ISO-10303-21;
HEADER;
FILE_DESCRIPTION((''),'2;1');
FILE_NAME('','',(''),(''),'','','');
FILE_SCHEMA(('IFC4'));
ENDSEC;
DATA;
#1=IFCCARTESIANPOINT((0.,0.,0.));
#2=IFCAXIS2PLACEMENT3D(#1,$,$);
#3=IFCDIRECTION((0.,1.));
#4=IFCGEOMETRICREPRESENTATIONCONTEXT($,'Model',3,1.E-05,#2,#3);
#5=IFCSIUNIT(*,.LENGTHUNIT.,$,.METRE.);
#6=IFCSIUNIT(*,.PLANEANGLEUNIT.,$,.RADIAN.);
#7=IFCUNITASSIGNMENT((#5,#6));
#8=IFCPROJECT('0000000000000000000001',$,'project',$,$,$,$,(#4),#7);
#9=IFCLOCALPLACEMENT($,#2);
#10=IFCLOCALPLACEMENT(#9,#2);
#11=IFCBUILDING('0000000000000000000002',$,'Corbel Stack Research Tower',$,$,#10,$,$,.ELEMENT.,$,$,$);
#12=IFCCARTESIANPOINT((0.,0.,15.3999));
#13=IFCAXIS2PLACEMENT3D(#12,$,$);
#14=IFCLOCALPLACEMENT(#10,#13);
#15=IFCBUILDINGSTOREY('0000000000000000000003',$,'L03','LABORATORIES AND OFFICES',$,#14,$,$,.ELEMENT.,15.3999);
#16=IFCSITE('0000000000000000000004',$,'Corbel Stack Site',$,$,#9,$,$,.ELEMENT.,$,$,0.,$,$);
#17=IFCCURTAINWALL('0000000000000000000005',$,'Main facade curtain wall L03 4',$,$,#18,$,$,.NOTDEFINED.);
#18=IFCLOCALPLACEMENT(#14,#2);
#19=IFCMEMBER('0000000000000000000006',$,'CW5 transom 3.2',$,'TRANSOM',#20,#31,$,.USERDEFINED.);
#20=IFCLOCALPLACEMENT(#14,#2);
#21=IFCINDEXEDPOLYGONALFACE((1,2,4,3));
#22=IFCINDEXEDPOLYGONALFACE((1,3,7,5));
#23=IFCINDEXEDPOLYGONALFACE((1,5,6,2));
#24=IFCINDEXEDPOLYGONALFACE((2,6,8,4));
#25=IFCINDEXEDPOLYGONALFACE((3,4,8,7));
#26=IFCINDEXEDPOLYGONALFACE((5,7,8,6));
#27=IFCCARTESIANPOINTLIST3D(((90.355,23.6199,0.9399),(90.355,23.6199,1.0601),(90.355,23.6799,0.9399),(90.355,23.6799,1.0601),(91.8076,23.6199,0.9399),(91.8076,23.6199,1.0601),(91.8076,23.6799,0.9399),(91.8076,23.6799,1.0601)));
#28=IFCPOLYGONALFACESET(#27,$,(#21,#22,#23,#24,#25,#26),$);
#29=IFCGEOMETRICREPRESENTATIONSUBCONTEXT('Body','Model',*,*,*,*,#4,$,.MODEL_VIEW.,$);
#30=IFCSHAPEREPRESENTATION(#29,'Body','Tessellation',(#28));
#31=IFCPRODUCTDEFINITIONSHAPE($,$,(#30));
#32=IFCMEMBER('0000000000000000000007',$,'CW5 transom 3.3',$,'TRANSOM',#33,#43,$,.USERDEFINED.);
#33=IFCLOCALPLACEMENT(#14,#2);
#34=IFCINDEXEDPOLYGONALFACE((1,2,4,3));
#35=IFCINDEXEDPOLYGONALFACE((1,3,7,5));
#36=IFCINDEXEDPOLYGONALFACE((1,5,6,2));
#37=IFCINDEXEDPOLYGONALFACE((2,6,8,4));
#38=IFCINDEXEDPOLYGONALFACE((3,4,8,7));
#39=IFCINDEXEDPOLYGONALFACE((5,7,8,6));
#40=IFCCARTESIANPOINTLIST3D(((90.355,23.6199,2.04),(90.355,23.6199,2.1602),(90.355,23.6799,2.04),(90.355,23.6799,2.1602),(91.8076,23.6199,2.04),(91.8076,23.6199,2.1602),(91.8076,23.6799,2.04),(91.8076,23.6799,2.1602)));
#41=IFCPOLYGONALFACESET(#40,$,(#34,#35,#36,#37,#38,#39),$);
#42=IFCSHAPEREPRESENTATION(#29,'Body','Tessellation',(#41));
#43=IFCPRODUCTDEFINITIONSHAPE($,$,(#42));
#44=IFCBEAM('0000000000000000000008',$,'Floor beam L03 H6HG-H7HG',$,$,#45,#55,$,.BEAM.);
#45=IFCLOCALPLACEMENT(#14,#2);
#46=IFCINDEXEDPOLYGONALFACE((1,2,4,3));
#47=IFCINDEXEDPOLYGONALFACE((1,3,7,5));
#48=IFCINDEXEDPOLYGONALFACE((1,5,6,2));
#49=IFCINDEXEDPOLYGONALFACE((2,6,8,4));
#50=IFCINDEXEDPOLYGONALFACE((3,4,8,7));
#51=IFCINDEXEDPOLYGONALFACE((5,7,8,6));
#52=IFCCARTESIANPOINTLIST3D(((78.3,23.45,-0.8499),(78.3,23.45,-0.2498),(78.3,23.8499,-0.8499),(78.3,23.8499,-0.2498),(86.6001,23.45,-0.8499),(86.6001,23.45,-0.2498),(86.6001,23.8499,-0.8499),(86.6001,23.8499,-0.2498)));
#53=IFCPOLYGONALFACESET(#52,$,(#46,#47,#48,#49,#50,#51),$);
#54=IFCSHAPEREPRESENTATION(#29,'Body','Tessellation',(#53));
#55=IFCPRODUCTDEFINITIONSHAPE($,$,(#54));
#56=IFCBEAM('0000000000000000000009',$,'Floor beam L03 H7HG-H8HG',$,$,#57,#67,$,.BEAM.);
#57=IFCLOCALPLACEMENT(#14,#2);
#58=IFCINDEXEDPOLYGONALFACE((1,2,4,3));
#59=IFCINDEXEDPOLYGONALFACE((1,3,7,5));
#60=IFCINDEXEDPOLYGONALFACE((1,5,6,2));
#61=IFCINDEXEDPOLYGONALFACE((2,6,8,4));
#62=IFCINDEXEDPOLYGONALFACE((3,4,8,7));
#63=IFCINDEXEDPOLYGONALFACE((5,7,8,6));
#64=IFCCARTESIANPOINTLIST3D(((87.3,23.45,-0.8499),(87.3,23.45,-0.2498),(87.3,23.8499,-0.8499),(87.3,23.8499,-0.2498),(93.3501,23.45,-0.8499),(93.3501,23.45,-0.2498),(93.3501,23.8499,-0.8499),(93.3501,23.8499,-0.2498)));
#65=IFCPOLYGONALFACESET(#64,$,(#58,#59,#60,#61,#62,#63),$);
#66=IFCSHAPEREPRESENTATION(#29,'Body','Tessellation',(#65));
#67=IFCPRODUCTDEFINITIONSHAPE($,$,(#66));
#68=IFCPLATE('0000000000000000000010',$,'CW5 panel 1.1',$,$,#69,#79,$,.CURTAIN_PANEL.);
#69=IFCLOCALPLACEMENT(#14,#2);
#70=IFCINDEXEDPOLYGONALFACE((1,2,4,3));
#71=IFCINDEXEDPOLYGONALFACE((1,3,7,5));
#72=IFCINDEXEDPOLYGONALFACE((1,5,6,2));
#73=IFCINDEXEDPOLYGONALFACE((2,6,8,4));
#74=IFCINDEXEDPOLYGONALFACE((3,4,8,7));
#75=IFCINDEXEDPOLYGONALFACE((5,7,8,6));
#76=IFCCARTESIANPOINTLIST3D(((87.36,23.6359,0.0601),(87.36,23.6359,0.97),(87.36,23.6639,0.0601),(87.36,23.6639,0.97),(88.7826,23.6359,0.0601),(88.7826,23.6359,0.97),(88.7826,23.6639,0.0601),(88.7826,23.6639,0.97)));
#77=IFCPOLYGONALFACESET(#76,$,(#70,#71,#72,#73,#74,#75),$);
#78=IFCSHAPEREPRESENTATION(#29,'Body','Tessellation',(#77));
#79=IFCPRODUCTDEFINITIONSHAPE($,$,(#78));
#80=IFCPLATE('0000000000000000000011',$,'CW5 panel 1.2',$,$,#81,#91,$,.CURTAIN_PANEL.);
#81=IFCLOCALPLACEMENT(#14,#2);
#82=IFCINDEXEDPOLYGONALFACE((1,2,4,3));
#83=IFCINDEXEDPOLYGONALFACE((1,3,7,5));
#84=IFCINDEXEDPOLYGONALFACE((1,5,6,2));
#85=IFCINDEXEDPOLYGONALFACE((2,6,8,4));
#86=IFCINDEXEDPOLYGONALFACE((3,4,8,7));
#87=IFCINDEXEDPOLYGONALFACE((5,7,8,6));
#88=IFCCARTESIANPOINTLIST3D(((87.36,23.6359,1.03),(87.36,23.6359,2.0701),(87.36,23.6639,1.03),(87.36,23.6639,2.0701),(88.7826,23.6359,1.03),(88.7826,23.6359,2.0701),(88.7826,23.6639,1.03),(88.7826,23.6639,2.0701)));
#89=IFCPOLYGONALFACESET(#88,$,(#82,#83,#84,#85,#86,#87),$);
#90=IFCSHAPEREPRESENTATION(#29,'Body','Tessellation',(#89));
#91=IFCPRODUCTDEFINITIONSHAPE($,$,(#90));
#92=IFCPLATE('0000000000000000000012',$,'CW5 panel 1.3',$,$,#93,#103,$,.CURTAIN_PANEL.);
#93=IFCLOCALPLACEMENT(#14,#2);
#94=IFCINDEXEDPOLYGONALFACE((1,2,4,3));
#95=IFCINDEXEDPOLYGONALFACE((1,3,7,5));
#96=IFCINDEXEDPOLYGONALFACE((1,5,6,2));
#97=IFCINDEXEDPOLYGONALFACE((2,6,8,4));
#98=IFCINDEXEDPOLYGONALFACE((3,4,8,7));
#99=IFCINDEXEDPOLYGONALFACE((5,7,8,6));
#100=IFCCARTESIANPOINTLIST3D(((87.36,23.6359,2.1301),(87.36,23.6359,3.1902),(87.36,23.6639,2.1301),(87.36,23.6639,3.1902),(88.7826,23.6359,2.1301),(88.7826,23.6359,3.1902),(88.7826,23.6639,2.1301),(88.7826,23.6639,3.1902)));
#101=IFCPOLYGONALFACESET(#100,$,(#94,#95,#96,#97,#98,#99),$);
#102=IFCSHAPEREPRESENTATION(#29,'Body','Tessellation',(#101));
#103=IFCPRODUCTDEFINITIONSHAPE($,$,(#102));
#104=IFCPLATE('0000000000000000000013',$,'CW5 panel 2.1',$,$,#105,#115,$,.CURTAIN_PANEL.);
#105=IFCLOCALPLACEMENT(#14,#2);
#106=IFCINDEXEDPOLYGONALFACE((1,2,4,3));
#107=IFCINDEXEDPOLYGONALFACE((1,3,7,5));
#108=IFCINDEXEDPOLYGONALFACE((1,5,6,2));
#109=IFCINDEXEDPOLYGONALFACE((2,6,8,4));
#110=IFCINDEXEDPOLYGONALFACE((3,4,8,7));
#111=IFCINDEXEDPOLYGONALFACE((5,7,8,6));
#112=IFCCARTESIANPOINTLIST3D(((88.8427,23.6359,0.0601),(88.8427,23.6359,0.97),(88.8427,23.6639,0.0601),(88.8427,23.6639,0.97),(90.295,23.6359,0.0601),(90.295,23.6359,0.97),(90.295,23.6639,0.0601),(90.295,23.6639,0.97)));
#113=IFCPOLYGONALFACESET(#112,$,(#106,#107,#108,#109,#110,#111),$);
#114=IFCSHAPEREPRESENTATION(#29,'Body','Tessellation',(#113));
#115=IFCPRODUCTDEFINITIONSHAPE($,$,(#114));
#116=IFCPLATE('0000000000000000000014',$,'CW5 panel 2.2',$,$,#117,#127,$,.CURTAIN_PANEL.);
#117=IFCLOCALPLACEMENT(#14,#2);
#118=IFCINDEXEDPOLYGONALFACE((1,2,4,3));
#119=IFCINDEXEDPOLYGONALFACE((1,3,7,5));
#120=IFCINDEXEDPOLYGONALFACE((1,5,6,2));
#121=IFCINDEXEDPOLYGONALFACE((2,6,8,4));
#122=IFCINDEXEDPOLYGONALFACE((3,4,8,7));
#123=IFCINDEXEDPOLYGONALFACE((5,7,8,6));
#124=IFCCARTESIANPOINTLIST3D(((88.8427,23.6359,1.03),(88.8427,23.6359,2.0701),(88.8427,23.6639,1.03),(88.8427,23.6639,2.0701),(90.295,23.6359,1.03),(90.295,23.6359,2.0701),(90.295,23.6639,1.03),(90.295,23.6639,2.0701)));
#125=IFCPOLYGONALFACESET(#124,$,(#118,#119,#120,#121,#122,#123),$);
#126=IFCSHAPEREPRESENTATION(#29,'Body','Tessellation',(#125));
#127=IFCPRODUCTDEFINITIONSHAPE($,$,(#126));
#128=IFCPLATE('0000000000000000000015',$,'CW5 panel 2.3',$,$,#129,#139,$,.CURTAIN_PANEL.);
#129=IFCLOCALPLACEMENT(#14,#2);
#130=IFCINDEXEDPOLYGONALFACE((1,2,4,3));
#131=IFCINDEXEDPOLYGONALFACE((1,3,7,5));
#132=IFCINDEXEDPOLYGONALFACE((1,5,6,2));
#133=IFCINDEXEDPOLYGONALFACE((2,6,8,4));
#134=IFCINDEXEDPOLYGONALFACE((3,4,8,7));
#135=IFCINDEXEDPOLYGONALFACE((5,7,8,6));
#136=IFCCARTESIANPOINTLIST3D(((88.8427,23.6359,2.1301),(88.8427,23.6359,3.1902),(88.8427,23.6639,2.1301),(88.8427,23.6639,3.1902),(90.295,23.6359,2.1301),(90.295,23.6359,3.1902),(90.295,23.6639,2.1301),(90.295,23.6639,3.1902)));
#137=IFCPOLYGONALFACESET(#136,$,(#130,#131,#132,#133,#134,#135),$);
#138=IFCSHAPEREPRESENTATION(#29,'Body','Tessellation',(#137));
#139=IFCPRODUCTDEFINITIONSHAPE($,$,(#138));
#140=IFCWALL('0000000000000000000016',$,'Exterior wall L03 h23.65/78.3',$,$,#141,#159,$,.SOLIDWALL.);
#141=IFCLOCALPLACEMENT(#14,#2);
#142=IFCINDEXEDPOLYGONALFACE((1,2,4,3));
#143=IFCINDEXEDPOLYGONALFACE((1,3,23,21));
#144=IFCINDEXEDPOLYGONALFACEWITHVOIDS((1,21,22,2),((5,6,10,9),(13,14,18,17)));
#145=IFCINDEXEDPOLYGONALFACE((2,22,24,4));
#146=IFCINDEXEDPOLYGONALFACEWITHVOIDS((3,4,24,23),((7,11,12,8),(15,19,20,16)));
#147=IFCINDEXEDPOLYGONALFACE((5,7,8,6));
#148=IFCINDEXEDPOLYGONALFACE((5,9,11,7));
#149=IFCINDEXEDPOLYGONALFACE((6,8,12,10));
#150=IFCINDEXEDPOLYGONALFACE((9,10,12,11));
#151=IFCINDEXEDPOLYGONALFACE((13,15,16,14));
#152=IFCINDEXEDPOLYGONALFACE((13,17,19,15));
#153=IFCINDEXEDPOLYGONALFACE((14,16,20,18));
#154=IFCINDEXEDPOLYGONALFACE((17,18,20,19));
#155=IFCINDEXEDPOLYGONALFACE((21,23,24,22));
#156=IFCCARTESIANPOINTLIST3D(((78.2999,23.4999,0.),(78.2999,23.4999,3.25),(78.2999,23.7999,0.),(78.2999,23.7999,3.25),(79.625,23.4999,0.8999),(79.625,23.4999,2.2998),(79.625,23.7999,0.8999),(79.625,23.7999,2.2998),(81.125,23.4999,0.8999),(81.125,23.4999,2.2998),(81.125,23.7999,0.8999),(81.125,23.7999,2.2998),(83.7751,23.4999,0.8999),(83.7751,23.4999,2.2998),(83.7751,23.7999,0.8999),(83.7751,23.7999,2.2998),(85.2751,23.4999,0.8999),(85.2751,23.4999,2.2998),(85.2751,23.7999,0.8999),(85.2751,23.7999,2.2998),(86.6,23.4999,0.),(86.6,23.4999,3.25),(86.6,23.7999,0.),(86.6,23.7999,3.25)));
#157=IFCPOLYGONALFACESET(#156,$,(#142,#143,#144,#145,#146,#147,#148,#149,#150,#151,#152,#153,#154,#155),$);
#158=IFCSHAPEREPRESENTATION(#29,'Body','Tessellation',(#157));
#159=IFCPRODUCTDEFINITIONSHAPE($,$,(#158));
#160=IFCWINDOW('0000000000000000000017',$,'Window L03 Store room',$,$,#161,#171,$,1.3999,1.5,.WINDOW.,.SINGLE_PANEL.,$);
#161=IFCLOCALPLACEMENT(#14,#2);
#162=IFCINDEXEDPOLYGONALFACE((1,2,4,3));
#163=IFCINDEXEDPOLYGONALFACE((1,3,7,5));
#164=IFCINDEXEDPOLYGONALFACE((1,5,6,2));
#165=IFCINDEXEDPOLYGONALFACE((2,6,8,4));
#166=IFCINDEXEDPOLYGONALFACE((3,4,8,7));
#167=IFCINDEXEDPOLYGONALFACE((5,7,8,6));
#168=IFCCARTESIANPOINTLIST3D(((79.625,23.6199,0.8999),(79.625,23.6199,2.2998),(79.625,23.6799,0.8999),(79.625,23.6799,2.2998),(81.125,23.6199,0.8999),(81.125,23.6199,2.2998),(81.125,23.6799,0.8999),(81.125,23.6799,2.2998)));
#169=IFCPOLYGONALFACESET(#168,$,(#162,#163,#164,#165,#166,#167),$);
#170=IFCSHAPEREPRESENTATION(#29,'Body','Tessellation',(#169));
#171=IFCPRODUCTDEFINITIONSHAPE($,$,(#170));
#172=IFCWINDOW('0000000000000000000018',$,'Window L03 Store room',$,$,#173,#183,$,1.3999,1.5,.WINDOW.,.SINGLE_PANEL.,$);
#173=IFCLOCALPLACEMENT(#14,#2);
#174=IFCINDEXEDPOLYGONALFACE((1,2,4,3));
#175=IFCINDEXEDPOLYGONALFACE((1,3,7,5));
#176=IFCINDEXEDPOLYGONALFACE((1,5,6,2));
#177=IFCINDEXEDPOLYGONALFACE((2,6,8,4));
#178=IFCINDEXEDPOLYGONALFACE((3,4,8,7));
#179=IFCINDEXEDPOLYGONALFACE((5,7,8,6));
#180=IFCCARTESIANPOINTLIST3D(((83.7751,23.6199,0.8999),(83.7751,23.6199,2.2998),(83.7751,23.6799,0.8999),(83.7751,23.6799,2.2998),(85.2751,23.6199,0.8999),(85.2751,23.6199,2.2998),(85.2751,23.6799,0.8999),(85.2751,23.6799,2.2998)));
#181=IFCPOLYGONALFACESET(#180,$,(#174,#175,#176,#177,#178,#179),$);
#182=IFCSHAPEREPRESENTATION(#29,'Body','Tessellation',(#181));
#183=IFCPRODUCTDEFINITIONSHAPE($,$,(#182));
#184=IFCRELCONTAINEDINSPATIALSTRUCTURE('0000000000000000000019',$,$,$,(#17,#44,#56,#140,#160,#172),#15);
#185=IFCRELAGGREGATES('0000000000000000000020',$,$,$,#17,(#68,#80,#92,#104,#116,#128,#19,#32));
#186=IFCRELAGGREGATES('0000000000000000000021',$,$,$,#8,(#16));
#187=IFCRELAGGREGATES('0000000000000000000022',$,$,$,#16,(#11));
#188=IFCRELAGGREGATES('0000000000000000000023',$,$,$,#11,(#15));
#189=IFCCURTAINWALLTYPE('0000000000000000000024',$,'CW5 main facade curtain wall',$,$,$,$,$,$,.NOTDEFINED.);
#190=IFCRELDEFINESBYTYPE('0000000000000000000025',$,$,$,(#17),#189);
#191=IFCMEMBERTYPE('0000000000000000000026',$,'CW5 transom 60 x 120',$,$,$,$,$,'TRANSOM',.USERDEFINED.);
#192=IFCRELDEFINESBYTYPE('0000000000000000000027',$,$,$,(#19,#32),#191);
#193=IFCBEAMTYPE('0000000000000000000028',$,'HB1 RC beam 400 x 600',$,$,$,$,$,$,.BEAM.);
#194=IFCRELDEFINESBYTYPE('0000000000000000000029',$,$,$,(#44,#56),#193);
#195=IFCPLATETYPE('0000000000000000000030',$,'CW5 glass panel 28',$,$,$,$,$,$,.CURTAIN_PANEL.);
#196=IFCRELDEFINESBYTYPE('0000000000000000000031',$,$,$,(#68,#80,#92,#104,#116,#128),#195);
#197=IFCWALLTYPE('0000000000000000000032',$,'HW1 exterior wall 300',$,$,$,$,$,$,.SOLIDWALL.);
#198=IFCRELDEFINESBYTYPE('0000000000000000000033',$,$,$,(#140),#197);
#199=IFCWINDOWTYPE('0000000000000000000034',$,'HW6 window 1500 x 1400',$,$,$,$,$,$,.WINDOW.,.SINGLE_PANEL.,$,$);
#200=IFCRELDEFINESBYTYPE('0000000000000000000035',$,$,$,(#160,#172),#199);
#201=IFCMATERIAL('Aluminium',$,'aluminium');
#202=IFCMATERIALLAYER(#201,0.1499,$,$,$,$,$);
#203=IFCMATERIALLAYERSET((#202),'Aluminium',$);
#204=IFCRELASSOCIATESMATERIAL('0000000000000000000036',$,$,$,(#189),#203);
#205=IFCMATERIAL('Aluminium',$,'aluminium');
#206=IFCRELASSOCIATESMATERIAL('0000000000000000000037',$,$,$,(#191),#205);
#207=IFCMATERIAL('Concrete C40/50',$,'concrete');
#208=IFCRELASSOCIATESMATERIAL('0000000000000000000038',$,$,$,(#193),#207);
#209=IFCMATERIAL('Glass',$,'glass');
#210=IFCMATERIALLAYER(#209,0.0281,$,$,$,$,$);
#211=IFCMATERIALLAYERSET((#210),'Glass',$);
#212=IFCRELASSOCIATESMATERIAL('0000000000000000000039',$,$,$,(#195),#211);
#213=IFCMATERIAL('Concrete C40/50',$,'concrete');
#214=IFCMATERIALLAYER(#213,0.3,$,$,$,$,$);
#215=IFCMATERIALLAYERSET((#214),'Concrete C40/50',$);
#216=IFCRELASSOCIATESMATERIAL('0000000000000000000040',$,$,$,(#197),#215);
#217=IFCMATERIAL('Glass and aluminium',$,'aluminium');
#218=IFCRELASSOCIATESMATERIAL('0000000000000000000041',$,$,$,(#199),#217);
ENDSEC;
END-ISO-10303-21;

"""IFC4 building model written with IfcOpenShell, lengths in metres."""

from ifc_helpers import new_model, si_unit, direction, frame, frame_2d, origin, origin_2d, place, context, subcontext, project, spatial, rectangle, extrude, material, layer, layer_set, material_profile, profile_set, type_object, element, fill, aggregate, save


model = new_model("IFC4")

# Units and contexts
model_context = context("Model", 3, precision=1e-05, world=origin(), true_north=direction((0.0, 1.0)))
body_context = subcontext(model_context, "Body", "Model", "MODEL_VIEW")
ifc_project = project(units=[si_unit("LENGTHUNIT", "METRE"), si_unit("PLANEANGLEUNIT", "RADIAN")], contexts=[model_context])

# Site, building, storey
site_placement = place(None, origin())
site = spatial("IfcSite", under=ifc_project, at=site_placement, Name="Corbel Stack Site", CompositionType="ELEMENT", RefElevation=0.0)
building_placement = place(site_placement, origin())
building = spatial("IfcBuilding", under=site, at=building_placement, Name="Corbel Stack Research Tower", CompositionType="ELEMENT")
storey_placement = place(building_placement, frame((0.0, 0.0, 15.3999)))
storey = spatial("IfcBuildingStorey", under=building, at=storey_placement, Name="L03", Description="LABORATORIES AND OFFICES", CompositionType="ELEMENT", Elevation=15.3999)

# Curtain wall, members
ifc_material_1 = material(Name="Aluminium", Category="aluminium")
ifc_layer_1 = layer(ifc_material_1, 0.1499)
ifc_layer_set_1 = layer_set([ifc_layer_1], Name="Aluminium")
curtain_wall_type = type_object("IfcCurtainWallType", Name="CW5 main facade curtain wall", PredefinedType="NOTDEFINED", material=ifc_layer_set_1)
curtain_wall_placement = place(storey_placement, origin())
curtain_wall = element("IfcCurtainWall", 1, at=curtain_wall_placement, inside=storey, type_object=curtain_wall_type, Name="Main facade curtain wall L03 4", PredefinedType="NOTDEFINED")
ifc_material_2 = material(Name="Aluminium", Category="aluminium")
ifc_material_profile_1 = material_profile(ifc_material_2, rectangle(XDim=0.0601, YDim=0.1201, at=origin_2d()), Name="Transom 60 x 120")
ifc_profile_set_1 = profile_set([ifc_material_profile_1], Name="Aluminium")
member_type_1 = type_object("IfcMemberType", Name="CW5 transom 60 x 120", ElementType="TRANSOM", PredefinedType="USERDEFINED", material=ifc_profile_set_1)
member_1_placement = place(storey_placement, frame((90.355, 23.6499, 1.0), z_axis=(1.0, 0.0, 0.0), x_axis=(0.0, 1.0, 0.0)))
member_1 = element("IfcMember", 2, at=member_1_placement, type_object=member_type_1, Name="CW5 transom 3.2", ObjectType="TRANSOM", PredefinedType="USERDEFINED", context=body_context, shape_type="SweptSolid", body=[
    extrude(rectangle(XDim=0.0601, YDim=0.1201, at=origin_2d()), origin(), (0.0, 0.0, 1.0), 1.4526),
])
member_2_placement = place(storey_placement, frame((90.355, 23.6499, 2.1001), z_axis=(1.0, 0.0, 0.0), x_axis=(0.0, 1.0, 0.0)))
member_2 = element("IfcMember", 3, at=member_2_placement, type_object=member_type_1, Name="CW5 transom 3.3", ObjectType="TRANSOM", PredefinedType="USERDEFINED", context=body_context, shape_type="SweptSolid", body=[
    extrude(rectangle(XDim=0.0601, YDim=0.1201, at=origin_2d()), origin(), (0.0, 0.0, 1.0), 1.4526),
])

# Beams
ifc_material_3 = material(Name="Concrete C40/50", Category="concrete")
ifc_material_profile_2 = material_profile(ifc_material_3, rectangle(XDim=0.3999, YDim=0.6001, at=origin_2d()), Name="RC 400 x 600")
ifc_profile_set_2 = profile_set([ifc_material_profile_2], Name="Concrete C40/50")
beam_type = type_object("IfcBeamType", Name="HB1 RC beam 400 x 600", PredefinedType="BEAM", material=ifc_profile_set_2)
beam_1_placement = place(storey_placement, frame((78.3, 23.6499, -0.5498), z_axis=(1.0, 0.0, 0.0), x_axis=(0.0, 1.0, 0.0)))
element("IfcBeam", 4, at=beam_1_placement, inside=storey, type_object=beam_type, Name="Floor beam L03 H6HG-H7HG", PredefinedType="BEAM", context=body_context, shape_type="SweptSolid", body=[
    extrude(rectangle(XDim=0.3999, YDim=0.6001, at=origin_2d()), origin(), (0.0, 0.0, 1.0), 8.3),
])
beam_2_placement = place(storey_placement, frame((87.3, 23.6499, -0.5498), z_axis=(1.0, 0.0, 0.0), x_axis=(0.0, 1.0, 0.0)))
element("IfcBeam", 5, at=beam_2_placement, inside=storey, type_object=beam_type, Name="Floor beam L03 H7HG-H8HG", PredefinedType="BEAM", context=body_context, shape_type="SweptSolid", body=[
    extrude(rectangle(XDim=0.3999, YDim=0.6001, at=origin_2d()), origin(), (0.0, 0.0, 1.0), 6.05),
])

# Plates
ifc_material_4 = material(Name="Glass", Category="glass")
ifc_layer_2 = layer(ifc_material_4, 0.0281)
ifc_layer_set_2 = layer_set([ifc_layer_2], Name="Glass")
plate_type = type_object("IfcPlateType", Name="CW5 glass panel 28", PredefinedType="CURTAIN_PANEL", material=ifc_layer_set_2)
plate_1_placement = place(storey_placement, frame((88.0713, 23.6499, 0.0601), z_axis=(0.0, 0.0, 1.0), x_axis=(1.0, 0.0, 0.0)))
plate_1 = element("IfcPlate", 6, at=plate_1_placement, type_object=plate_type, Name="CW5 panel 1.1", PredefinedType="CURTAIN_PANEL", context=body_context, shape_type="SweptSolid", body=[
    extrude(rectangle(XDim=1.4226, YDim=0.0281, at=origin_2d()), origin(), (0.0, 0.0, 1.0), 0.9099),
])
plate_2_placement = place(storey_placement, frame((88.0713, 23.6499, 1.03), z_axis=(0.0, 0.0, 1.0), x_axis=(1.0, 0.0, 0.0)))
plate_2 = element("IfcPlate", 7, at=plate_2_placement, type_object=plate_type, Name="CW5 panel 1.2", PredefinedType="CURTAIN_PANEL", context=body_context, shape_type="SweptSolid", body=[
    extrude(rectangle(XDim=1.4226, YDim=0.0281, at=origin_2d()), origin(), (0.0, 0.0, 1.0), 1.04),
])
plate_3_placement = place(storey_placement, frame((88.0713, 23.6499, 2.1301), z_axis=(0.0, 0.0, 1.0), x_axis=(1.0, 0.0, 0.0)))
plate_3 = element("IfcPlate", 8, at=plate_3_placement, type_object=plate_type, Name="CW5 panel 1.3", PredefinedType="CURTAIN_PANEL", context=body_context, shape_type="SweptSolid", body=[
    extrude(rectangle(XDim=1.4226, YDim=0.0281, at=origin_2d()), origin(), (0.0, 0.0, 1.0), 1.0601),
])
plate_4_placement = place(storey_placement, frame((89.5688, 23.6499, 0.0601), z_axis=(0.0, 0.0, 1.0), x_axis=(1.0, 0.0, 0.0)))
plate_4 = element("IfcPlate", 9, at=plate_4_placement, type_object=plate_type, Name="CW5 panel 2.1", PredefinedType="CURTAIN_PANEL", context=body_context, shape_type="SweptSolid", body=[
    extrude(rectangle(XDim=1.4524, YDim=0.0281, at=origin_2d()), origin(), (0.0, 0.0, 1.0), 0.9099),
])
plate_5_placement = place(storey_placement, frame((89.5688, 23.6499, 1.03), z_axis=(0.0, 0.0, 1.0), x_axis=(1.0, 0.0, 0.0)))
plate_5 = element("IfcPlate", 10, at=plate_5_placement, type_object=plate_type, Name="CW5 panel 2.2", PredefinedType="CURTAIN_PANEL", context=body_context, shape_type="SweptSolid", body=[
    extrude(rectangle(XDim=1.4524, YDim=0.0281, at=origin_2d()), origin(), (0.0, 0.0, 1.0), 1.04),
])
plate_6_placement = place(storey_placement, frame((89.5688, 23.6499, 2.1301), z_axis=(0.0, 0.0, 1.0), x_axis=(1.0, 0.0, 0.0)))
plate_6 = element("IfcPlate", 11, at=plate_6_placement, type_object=plate_type, Name="CW5 panel 2.3", PredefinedType="CURTAIN_PANEL", context=body_context, shape_type="SweptSolid", body=[
    extrude(rectangle(XDim=1.4524, YDim=0.0281, at=origin_2d()), origin(), (0.0, 0.0, 1.0), 1.0601),
])
aggregate(curtain_wall, [plate_1, plate_2, plate_3, plate_4, plate_5, plate_6, member_1, member_2])

# Wall, openings, windows
ifc_material_5 = material(Name="Concrete C40/50", Category="concrete")
ifc_layer_3 = layer(ifc_material_5, 0.3)
ifc_layer_set_3 = layer_set([ifc_layer_3], Name="Concrete C40/50")
wall_type = type_object("IfcWallType", Name="HW1 exterior wall 300", PredefinedType="SOLIDWALL", material=ifc_layer_set_3)
wall_placement = place(storey_placement, frame((78.3, 23.6499, 0.0), z_axis=(0.0, 0.0, 1.0), x_axis=(1.0, 0.0, 0.0)))
wall = element("IfcWall", 12, at=wall_placement, inside=storey, type_object=wall_type, Name="Exterior wall L03 h23.65/78.3", PredefinedType="SOLIDWALL", context=body_context, shape_type="SweptSolid", body=[
    extrude(rectangle(XDim=8.3, YDim=0.3, at=frame_2d((4.1499, 0.0))), origin(), (0.0, 0.0, 1.0), 3.25),
])
opening_1_placement = place(wall_placement, frame((1.325, 0.0, 0.8999)))
opening_1 = element("IfcOpeningElement", 13, at=opening_1_placement, cuts=wall, PredefinedType="OPENING", context=body_context, shape_type="SweptSolid", body=[
    extrude(rectangle(XDim=1.5, YDim=1.3999, at=frame_2d((0.75, 0.7))), frame((0.0, 0.1599, 0.0), z_axis=(0.0, -1.0, 0.0), x_axis=(1.0, 0.0, 0.0)), (0.0, 0.0, 1.0), 0.3201),
])
opening_2_placement = place(wall_placement, frame((5.4751, 0.0, 0.8999)))
opening_2 = element("IfcOpeningElement", 14, at=opening_2_placement, cuts=wall, PredefinedType="OPENING", context=body_context, shape_type="SweptSolid", body=[
    extrude(rectangle(XDim=1.5, YDim=1.3999, at=frame_2d((0.75, 0.7))), frame((0.0, 0.1599, 0.0), z_axis=(0.0, -1.0, 0.0), x_axis=(1.0, 0.0, 0.0)), (0.0, 0.0, 1.0), 0.3201),
])
ifc_material_6 = material(Name="Glass and aluminium", Category="aluminium")
window_type = type_object("IfcWindowType", Name="HW6 window 1500 x 1400", PartitioningType="SINGLE_PANEL", PredefinedType="WINDOW", material=ifc_material_6)
window_1_placement = place(opening_1_placement, origin())
window_1 = element("IfcWindow", 15, at=window_1_placement, inside=storey, type_object=window_type, Name="Window L03 Store room", OverallHeight=1.3999, OverallWidth=1.5, PartitioningType="SINGLE_PANEL", PredefinedType="WINDOW", context=body_context, shape_type="SweptSolid", body=[
    extrude(rectangle(XDim=1.5, YDim=1.3999, at=frame_2d((0.75, 0.7))), frame((0.0, 0.03, 0.0), z_axis=(0.0, -1.0, 0.0), x_axis=(1.0, 0.0, 0.0)), (0.0, 0.0, 1.0), 0.0601),
])
fill(opening_1, window_1)
window_2_placement = place(opening_2_placement, origin())
window_2 = element("IfcWindow", 16, at=window_2_placement, inside=storey, type_object=window_type, Name="Window L03 Store room", OverallHeight=1.3999, OverallWidth=1.5, PartitioningType="SINGLE_PANEL", PredefinedType="WINDOW", context=body_context, shape_type="SweptSolid", body=[
    extrude(rectangle(XDim=1.5, YDim=1.3999, at=frame_2d((0.75, 0.7))), frame((0.0, 0.03, 0.0), z_axis=(0.0, -1.0, 0.0), x_axis=(1.0, 0.0, 0.0)), (0.0, 0.0, 1.0), 0.0601),
])
fill(opening_2, window_2)

save(model, "model.ifc")
